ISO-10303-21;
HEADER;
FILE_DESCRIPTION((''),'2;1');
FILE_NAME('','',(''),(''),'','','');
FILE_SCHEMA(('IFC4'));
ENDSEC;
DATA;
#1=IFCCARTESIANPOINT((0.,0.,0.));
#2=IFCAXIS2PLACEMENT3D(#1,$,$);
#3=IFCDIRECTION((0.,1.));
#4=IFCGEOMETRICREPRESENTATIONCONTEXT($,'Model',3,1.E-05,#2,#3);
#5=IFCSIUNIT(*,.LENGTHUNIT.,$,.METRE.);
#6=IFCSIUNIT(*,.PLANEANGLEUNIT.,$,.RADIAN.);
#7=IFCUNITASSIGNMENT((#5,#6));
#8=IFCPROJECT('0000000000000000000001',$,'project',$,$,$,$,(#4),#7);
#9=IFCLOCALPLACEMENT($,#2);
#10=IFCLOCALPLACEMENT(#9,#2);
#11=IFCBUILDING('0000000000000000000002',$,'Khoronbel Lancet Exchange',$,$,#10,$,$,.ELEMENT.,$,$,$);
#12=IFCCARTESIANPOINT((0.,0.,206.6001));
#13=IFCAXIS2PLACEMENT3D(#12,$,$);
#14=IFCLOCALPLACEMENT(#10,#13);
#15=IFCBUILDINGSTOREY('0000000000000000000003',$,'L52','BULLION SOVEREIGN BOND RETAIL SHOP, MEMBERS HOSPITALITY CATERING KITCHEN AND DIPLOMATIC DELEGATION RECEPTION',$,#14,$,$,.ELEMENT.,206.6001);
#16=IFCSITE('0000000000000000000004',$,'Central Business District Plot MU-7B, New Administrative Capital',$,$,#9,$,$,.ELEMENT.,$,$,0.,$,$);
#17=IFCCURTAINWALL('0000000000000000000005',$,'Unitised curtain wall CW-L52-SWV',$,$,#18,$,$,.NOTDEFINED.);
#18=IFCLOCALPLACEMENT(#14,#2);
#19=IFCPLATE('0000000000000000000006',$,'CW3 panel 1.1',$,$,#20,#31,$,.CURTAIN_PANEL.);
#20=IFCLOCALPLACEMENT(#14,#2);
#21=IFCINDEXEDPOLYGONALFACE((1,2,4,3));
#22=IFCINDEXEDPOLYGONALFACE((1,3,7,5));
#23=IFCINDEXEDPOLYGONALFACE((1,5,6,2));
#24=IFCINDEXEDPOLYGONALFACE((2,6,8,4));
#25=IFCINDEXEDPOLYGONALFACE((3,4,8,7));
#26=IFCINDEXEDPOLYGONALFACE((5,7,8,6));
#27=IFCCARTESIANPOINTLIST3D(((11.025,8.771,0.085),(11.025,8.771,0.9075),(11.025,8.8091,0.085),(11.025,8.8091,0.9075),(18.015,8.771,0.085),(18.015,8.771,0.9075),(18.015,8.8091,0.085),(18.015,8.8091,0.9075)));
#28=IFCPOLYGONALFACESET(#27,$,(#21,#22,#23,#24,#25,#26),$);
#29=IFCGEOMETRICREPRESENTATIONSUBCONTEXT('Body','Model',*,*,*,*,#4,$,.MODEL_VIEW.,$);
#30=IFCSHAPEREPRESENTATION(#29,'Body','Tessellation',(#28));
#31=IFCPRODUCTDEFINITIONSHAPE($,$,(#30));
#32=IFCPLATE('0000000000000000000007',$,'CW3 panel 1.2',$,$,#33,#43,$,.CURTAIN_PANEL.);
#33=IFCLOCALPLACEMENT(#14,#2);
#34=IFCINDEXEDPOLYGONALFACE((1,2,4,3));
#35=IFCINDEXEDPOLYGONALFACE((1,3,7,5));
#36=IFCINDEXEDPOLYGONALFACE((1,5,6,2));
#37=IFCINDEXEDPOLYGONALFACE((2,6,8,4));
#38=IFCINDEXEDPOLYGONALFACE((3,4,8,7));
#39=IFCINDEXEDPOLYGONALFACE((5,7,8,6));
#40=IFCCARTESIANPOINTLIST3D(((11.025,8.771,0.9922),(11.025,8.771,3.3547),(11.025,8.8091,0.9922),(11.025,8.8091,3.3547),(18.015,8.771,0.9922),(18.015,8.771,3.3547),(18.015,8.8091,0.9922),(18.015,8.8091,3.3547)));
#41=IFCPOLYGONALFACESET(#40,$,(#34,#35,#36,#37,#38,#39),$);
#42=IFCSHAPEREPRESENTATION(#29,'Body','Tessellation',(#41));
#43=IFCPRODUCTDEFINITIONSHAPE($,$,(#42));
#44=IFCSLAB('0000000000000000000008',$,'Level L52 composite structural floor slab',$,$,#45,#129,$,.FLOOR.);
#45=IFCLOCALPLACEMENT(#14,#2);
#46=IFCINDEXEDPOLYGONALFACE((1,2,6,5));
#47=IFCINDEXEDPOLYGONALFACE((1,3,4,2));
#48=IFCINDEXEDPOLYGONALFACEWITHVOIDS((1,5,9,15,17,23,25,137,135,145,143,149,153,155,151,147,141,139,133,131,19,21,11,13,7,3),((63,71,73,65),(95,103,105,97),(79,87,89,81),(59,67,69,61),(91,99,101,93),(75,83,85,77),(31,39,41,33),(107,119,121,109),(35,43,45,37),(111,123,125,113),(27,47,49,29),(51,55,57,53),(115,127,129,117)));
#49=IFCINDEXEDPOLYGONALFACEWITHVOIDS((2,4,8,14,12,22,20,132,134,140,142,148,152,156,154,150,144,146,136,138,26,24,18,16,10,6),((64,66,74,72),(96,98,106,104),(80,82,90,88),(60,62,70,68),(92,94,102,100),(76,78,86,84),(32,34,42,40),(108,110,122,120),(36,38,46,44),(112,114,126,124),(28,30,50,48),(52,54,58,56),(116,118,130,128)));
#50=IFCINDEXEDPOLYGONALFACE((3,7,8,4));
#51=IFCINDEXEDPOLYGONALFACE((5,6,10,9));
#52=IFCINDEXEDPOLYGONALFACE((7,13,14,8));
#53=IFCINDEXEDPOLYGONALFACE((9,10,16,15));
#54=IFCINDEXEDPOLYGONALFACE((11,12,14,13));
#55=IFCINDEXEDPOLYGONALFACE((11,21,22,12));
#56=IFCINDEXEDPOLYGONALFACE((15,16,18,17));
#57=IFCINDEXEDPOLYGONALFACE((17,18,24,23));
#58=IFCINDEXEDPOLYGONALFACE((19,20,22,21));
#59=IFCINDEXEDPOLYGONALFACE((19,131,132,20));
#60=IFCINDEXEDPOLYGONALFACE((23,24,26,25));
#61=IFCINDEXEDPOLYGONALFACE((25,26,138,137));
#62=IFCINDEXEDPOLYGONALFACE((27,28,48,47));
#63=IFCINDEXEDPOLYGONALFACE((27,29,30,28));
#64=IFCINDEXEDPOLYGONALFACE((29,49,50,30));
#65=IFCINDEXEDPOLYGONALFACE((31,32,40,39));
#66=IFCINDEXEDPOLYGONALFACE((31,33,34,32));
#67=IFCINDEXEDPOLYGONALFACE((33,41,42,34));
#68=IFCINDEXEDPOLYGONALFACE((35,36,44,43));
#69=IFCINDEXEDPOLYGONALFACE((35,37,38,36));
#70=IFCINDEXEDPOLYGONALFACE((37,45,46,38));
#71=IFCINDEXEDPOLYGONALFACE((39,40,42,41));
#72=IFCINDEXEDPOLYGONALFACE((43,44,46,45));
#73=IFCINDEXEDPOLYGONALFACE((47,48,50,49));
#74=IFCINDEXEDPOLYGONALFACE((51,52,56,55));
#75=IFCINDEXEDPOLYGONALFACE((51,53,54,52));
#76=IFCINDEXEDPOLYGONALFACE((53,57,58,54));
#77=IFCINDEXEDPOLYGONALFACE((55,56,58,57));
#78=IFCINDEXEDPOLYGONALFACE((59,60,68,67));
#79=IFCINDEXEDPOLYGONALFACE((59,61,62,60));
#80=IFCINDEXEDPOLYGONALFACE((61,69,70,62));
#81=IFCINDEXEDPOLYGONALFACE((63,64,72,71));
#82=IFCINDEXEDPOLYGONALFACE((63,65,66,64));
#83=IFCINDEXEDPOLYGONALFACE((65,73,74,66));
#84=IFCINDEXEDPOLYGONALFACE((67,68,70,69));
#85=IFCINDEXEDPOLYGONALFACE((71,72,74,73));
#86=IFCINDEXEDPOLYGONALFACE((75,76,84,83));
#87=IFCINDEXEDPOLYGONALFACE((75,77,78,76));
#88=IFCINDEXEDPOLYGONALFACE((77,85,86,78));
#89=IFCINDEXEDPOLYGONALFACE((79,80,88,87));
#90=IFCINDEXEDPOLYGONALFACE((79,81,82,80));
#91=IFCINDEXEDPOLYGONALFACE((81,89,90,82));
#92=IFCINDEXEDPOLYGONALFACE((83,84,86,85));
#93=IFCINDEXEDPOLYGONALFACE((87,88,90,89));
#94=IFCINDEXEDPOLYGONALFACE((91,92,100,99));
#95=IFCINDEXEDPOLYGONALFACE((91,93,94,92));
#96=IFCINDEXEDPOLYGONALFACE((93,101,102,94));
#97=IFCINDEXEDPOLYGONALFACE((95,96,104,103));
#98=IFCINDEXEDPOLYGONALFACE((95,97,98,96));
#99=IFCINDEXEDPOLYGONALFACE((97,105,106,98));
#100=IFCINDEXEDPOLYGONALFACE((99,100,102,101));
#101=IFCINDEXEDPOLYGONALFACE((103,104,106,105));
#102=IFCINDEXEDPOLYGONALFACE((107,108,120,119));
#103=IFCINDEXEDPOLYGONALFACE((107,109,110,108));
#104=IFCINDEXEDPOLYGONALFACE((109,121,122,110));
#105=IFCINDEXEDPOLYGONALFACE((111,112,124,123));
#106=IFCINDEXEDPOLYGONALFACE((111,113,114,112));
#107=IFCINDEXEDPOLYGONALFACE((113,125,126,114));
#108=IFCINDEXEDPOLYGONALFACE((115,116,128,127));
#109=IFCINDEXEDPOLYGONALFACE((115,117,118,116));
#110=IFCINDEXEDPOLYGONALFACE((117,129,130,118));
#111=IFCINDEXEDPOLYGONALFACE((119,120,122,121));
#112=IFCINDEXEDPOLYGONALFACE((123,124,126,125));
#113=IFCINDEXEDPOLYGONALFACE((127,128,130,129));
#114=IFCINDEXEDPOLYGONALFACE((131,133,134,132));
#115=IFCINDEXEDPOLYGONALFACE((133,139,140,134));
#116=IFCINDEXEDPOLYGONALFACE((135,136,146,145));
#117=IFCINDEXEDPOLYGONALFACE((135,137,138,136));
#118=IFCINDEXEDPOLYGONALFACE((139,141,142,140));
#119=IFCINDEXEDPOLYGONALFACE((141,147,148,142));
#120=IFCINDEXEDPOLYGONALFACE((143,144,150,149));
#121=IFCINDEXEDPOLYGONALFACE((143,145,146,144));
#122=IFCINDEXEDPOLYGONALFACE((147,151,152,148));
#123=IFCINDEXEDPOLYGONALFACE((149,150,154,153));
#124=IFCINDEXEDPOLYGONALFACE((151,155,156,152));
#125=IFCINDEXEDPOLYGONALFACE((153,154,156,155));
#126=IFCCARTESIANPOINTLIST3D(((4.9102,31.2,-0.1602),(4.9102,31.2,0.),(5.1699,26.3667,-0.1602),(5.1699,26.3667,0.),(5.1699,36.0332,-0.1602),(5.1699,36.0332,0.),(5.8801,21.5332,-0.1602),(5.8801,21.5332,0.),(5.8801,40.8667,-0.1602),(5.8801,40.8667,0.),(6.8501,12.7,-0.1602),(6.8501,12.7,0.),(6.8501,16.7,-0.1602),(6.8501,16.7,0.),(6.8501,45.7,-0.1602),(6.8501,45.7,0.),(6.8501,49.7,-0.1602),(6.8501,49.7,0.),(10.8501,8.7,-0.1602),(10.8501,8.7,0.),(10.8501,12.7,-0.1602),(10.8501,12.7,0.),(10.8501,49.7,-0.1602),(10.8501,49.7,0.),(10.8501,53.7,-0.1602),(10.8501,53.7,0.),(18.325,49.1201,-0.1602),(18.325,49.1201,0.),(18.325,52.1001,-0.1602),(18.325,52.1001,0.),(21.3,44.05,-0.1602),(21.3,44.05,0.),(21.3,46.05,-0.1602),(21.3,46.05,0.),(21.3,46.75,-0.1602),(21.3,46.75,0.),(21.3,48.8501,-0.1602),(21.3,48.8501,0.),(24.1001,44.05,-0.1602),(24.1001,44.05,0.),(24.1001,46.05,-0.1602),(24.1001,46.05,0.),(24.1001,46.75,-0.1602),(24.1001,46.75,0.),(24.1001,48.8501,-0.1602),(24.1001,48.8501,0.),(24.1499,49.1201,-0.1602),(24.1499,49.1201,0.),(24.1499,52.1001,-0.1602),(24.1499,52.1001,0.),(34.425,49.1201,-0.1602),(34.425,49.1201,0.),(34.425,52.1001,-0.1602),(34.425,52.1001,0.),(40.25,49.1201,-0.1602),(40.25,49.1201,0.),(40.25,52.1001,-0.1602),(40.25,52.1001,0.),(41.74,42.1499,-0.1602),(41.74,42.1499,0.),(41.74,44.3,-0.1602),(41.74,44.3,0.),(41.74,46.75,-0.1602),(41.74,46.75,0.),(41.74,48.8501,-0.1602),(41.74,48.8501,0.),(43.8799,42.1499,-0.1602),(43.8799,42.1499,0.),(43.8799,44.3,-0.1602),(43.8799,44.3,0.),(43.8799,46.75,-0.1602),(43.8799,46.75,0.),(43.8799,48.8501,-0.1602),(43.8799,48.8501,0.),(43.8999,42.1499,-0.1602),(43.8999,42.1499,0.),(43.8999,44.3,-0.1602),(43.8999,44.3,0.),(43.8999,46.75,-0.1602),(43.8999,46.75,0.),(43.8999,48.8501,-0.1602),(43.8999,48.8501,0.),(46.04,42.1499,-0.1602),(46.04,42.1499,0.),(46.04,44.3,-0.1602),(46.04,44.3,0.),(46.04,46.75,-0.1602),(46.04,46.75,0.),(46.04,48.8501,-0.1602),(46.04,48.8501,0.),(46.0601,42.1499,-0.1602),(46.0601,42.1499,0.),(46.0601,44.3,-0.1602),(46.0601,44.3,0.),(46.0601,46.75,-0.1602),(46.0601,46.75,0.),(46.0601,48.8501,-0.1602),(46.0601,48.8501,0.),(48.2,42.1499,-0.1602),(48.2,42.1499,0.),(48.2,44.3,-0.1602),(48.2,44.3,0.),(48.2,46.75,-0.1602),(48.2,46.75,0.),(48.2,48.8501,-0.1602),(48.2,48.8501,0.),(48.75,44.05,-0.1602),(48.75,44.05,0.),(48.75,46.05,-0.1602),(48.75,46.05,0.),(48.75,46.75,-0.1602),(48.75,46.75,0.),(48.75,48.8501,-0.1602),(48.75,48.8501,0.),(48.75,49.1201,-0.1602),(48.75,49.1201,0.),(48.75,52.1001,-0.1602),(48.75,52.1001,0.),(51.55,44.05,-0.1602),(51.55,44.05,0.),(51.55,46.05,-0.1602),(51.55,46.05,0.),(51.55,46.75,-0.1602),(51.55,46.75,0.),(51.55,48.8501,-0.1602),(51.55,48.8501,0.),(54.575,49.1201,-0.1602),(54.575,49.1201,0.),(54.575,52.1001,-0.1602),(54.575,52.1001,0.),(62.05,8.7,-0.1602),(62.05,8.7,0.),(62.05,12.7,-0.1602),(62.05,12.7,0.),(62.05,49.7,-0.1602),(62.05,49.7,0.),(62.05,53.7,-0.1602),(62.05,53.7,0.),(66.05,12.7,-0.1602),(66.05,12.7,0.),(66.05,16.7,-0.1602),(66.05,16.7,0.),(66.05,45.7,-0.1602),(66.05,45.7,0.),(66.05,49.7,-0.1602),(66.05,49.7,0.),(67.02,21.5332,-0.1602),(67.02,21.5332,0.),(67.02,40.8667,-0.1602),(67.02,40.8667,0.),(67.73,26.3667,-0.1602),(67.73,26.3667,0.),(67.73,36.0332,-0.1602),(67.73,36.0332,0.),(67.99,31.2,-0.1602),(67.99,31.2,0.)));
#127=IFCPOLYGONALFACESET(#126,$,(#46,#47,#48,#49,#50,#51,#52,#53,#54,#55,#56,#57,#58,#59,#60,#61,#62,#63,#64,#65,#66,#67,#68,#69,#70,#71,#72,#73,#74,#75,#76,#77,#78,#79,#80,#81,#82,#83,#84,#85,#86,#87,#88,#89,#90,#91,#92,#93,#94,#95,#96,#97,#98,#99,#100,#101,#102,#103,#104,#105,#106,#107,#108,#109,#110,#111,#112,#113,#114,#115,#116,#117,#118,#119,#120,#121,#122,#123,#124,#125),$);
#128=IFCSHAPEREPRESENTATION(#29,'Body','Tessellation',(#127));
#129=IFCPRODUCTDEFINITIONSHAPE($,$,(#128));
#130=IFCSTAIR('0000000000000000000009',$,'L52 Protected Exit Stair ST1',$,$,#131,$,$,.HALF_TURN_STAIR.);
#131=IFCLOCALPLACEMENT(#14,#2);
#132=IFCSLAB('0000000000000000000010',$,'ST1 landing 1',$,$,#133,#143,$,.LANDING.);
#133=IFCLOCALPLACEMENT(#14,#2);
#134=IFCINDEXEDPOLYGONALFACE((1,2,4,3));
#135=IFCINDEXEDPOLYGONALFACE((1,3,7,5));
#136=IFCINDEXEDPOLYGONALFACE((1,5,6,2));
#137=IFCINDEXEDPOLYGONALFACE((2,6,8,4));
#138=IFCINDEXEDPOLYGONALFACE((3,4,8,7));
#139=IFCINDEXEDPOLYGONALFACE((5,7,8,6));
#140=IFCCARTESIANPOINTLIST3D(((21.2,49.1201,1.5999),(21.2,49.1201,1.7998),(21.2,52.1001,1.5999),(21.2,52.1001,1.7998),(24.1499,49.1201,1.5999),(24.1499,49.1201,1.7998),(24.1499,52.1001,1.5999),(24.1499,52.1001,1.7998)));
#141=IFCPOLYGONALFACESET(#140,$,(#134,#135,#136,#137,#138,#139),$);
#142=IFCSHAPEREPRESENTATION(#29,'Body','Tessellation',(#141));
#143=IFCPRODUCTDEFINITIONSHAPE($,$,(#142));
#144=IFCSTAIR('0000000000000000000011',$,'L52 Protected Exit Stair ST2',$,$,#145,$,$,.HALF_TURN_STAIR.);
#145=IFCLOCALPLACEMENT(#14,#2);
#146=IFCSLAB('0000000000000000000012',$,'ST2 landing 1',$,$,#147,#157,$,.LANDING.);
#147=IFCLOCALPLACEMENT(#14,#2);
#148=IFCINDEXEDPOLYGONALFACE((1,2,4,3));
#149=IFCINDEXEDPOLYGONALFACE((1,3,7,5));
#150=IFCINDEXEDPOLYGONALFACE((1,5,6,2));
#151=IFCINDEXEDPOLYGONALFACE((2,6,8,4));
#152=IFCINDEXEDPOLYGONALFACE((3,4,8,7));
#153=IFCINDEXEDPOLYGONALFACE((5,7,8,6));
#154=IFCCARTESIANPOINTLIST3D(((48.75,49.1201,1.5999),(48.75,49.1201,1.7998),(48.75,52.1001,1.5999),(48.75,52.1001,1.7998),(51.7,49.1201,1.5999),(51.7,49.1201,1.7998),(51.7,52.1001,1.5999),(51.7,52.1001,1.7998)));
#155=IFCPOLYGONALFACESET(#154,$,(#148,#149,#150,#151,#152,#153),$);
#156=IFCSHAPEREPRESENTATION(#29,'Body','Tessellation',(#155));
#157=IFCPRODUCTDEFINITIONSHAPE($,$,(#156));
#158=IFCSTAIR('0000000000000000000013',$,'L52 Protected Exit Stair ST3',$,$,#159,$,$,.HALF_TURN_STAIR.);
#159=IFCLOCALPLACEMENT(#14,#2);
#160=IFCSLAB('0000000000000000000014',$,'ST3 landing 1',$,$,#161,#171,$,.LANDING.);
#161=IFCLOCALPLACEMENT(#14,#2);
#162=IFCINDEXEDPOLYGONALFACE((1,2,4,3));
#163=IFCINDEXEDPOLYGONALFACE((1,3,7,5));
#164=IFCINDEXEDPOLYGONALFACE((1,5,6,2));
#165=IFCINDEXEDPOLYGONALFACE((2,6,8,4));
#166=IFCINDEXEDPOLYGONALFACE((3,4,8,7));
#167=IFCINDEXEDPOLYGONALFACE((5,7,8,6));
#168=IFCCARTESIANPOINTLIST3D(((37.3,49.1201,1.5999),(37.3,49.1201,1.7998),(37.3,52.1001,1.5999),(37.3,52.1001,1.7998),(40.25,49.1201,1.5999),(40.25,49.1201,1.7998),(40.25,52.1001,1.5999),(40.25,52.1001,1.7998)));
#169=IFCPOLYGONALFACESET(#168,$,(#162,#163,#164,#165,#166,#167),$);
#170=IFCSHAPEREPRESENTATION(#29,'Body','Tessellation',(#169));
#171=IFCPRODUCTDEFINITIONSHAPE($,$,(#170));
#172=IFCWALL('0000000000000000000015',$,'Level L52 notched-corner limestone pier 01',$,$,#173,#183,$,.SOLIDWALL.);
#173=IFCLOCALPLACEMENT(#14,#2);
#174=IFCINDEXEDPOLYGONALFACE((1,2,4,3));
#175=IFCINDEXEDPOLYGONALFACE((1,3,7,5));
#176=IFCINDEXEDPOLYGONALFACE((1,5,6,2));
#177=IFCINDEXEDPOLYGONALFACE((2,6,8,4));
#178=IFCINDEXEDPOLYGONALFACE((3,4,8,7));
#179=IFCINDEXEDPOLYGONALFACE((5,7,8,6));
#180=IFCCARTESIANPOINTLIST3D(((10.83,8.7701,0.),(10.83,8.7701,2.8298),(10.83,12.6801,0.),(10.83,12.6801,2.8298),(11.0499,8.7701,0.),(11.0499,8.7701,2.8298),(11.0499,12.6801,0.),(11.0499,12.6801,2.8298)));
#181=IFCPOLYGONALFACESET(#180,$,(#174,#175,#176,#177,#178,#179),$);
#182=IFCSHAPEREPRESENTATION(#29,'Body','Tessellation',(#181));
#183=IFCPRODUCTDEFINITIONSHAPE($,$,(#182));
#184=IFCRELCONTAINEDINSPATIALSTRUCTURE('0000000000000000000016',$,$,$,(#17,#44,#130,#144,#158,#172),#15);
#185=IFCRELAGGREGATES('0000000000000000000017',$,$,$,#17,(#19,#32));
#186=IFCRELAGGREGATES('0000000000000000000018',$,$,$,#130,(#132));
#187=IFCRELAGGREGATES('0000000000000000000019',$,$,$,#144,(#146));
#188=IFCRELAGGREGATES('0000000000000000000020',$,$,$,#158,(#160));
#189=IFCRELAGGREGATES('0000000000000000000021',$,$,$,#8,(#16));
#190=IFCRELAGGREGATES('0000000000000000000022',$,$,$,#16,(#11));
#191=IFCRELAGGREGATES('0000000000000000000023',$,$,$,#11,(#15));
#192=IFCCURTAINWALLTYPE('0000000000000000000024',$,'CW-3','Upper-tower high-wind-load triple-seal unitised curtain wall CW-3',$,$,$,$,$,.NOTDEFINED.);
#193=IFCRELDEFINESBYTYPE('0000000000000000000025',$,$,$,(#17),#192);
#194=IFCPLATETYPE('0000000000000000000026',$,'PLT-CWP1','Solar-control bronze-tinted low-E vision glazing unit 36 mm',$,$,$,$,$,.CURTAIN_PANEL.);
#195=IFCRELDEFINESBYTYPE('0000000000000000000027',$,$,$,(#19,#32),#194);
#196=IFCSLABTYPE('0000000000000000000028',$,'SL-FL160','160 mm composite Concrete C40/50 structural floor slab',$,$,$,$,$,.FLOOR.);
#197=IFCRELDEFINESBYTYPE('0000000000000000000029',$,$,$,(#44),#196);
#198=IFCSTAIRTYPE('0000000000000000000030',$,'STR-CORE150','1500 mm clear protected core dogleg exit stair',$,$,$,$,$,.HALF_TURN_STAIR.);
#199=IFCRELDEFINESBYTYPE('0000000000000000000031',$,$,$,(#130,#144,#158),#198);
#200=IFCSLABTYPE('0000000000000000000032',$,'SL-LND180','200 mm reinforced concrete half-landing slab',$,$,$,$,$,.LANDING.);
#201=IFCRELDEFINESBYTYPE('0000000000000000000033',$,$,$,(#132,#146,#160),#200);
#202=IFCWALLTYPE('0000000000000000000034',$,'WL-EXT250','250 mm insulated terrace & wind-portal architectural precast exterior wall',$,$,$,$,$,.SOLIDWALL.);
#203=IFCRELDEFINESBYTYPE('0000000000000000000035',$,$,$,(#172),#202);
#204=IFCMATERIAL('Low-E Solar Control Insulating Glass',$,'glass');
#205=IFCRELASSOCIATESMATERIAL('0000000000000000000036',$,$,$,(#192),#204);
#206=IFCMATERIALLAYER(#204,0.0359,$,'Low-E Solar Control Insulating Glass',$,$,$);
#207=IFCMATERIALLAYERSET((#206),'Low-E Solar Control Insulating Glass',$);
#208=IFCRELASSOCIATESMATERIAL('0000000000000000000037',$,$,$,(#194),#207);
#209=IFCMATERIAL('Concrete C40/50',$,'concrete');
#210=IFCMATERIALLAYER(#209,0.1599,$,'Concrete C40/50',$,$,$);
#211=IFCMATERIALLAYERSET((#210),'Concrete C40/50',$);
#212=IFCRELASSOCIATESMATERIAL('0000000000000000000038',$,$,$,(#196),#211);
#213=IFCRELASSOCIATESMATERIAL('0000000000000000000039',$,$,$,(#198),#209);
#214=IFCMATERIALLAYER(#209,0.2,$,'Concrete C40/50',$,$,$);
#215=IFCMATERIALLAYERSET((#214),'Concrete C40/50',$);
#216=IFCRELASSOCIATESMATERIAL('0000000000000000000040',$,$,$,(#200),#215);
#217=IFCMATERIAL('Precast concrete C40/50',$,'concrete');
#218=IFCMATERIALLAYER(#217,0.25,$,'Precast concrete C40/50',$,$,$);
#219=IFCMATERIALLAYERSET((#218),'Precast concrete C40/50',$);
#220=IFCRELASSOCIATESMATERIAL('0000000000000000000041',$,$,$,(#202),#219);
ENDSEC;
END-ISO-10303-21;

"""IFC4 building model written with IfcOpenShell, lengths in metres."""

from ifc_helpers import new_model, si_unit, direction, frame, frame_2d, origin, origin_2d, place, context, subcontext, project, spatial, polyline, rectangle, outline, extrude, material, layer, layer_set, type_object, element, aggregate, save


model = new_model("IFC4")

# Units and contexts
model_context = context("Model", 3, precision=1e-05, world=origin(), true_north=direction((0.0, 1.0)))
body_context = subcontext(model_context, "Body", "Model", "MODEL_VIEW")
ifc_project = project(units=[si_unit("LENGTHUNIT", "METRE"), si_unit("PLANEANGLEUNIT", "RADIAN")], contexts=[model_context])

# Site, building, storey
site_placement = place(None, origin())
site = spatial("IfcSite", under=ifc_project, at=site_placement, Name="Central Business District Plot MU-7B, New Administrative Capital", CompositionType="ELEMENT", RefElevation=0.0)
building_placement = place(site_placement, origin())
building = spatial("IfcBuilding", under=site, at=building_placement, Name="Khoronbel Lancet Exchange", CompositionType="ELEMENT")
storey_placement = place(building_placement, frame((0.0, 0.0, 206.6001)))
storey = spatial("IfcBuildingStorey", under=building, at=storey_placement, Name="L52", Description="BULLION SOVEREIGN BOND RETAIL SHOP, MEMBERS HOSPITALITY CATERING KITCHEN AND DIPLOMATIC DELEGATION RECEPTION", CompositionType="ELEMENT", Elevation=206.6001)

# Curtain wall
ifc_material_1 = material(Name="Low-E Solar Control Insulating Glass", Category="glass")
curtain_wall_type = type_object("IfcCurtainWallType", Name="CW-3", Description="Upper-tower high-wind-load triple-seal unitised curtain wall CW-3", PredefinedType="NOTDEFINED", material=ifc_material_1)
curtain_wall_1_placement = place(storey_placement, origin())
curtain_wall_1 = element("IfcCurtainWall", 1, at=curtain_wall_1_placement, inside=storey, type_object=curtain_wall_type, Name="Unitised curtain wall CW-L52-SWV", PredefinedType="NOTDEFINED")

# Plates
ifc_layer_1 = layer(ifc_material_1, 0.0359, Name="Low-E Solar Control Insulating Glass")
ifc_layer_set_1 = layer_set([ifc_layer_1], Name="Low-E Solar Control Insulating Glass")
plate_type = type_object("IfcPlateType", Name="PLT-CWP1", Description="Solar-control bronze-tinted low-E vision glazing unit 36 mm", PredefinedType="CURTAIN_PANEL", material=ifc_layer_set_1)
plate_1_placement = place(storey_placement, frame((14.52, 8.79, 0.085), z_axis=(0.0, 0.0, 1.0), x_axis=(1.0, 0.0, 0.0)))
plate_1 = element("IfcPlate", 2, at=plate_1_placement, type_object=plate_type, Name="CW3 panel 1.1", PredefinedType="CURTAIN_PANEL", context=body_context, shape_type="SweptSolid", body=[
    extrude(rectangle(XDim=6.99, YDim=0.0381, at=origin_2d()), origin(), (0.0, 0.0, 1.0), 0.8225),
])
plate_2_placement = place(storey_placement, frame((14.52, 8.79, 0.9922), z_axis=(0.0, 0.0, 1.0), x_axis=(1.0, 0.0, 0.0)))
plate_2 = element("IfcPlate", 3, at=plate_2_placement, type_object=plate_type, Name="CW3 panel 1.2", PredefinedType="CURTAIN_PANEL", context=body_context, shape_type="SweptSolid", body=[
    extrude(rectangle(XDim=6.99, YDim=0.0381, at=origin_2d()), origin(), (0.0, 0.0, 1.0), 2.3625),
])
aggregate(curtain_wall_1, [plate_1, plate_2])

# Slab
ifc_material_2 = material(Name="Concrete C40/50", Category="concrete")
ifc_layer_2 = layer(ifc_material_2, 0.1599, Name="Concrete C40/50")
ifc_layer_set_2 = layer_set([ifc_layer_2], Name="Concrete C40/50")
slab_type_1 = type_object("IfcSlabType", Name="SL-FL160", Description="160 mm composite Concrete C40/50 structural floor slab", PredefinedType="FLOOR", material=ifc_layer_set_2)
slab_1_placement = place(storey_placement, frame((0.0, 0.0, -0.1602)))
element("IfcSlab", 4, at=slab_1_placement, inside=storey, type_object=slab_type_1, Name="Level L52 composite structural floor slab", PredefinedType="FLOOR", context=body_context, shape_type="SweptSolid", body=[
    extrude(outline(polyline([(10.8501, 8.7), (62.05, 8.7), (62.05, 12.7), (66.05, 12.7), (66.05, 16.7), (67.02, 21.5332), (67.73, 26.3667), (67.99, 31.2), (67.73, 36.0332), (67.02, 40.8667), (66.05, 45.7), (66.05, 49.7), (62.05, 49.7), (62.05, 53.7), (10.8501, 53.7), (10.8501, 49.7), (6.8501, 49.7), (6.8501, 45.7), (5.8801, 40.8667), (5.1699, 36.0332), (4.9102, 31.2), (5.1699, 26.3667), (5.8801, 21.5332), (6.8501, 16.7), (6.8501, 12.7), (10.8501, 12.7), (10.8501, 8.7)]), holes=[polyline([(18.325, 49.1201), (24.1499, 49.1201), (24.1499, 52.1001), (18.325, 52.1001), (18.325, 49.1201)]), polyline([(48.75, 49.1201), (54.575, 49.1201), (54.575, 52.1001), (48.75, 52.1001), (48.75, 49.1201)]), polyline([(34.425, 49.1201), (40.25, 49.1201), (40.25, 52.1001), (34.425, 52.1001), (34.425, 49.1201)]), polyline([(41.74, 46.75), (43.8799, 46.75), (43.8799, 48.8501), (41.74, 48.8501), (41.74, 46.75)]), polyline([(43.8999, 46.75), (46.04, 46.75), (46.04, 48.8501), (43.8999, 48.8501), (43.8999, 46.75)]), polyline([(46.0601, 46.75), (48.2, 46.75), (48.2, 48.8501), (46.0601, 48.8501), (46.0601, 46.75)]), polyline([(41.74, 42.1499), (43.8799, 42.1499), (43.8799, 44.3), (41.74, 44.3), (41.74, 42.1499)]), polyline([(43.8999, 42.1499), (46.04, 42.1499), (46.04, 44.3), (43.8999, 44.3), (43.8999, 42.1499)]), polyline([(46.0601, 42.1499), (48.2, 42.1499), (48.2, 44.3), (46.0601, 44.3), (46.0601, 42.1499)]), polyline([(21.3, 46.75), (24.1001, 46.75), (24.1001, 48.8501), (21.3, 48.8501), (21.3, 46.75)]), polyline([(48.75, 46.75), (51.55, 46.75), (51.55, 48.8501), (48.75, 48.8501), (48.75, 46.75)]), polyline([(21.3, 44.05), (24.1001, 44.05), (24.1001, 46.05), (21.3, 46.05), (21.3, 44.05)]), polyline([(48.75, 44.05), (51.55, 44.05), (51.55, 46.05), (48.75, 46.05), (48.75, 44.05)])]), origin(), (0.0, 0.0, 1.0), 0.1602),
])

# Stairs, slabs
stair_type = type_object("IfcStairType", Name="STR-CORE150", Description="1500 mm clear protected core dogleg exit stair", PredefinedType="HALF_TURN_STAIR", material=ifc_material_2)
stair_1_placement = place(storey_placement, origin())
stair_1 = element("IfcStair", 5, at=stair_1_placement, inside=storey, type_object=stair_type, Name="L52 Protected Exit Stair ST1", PredefinedType="HALF_TURN_STAIR")
ifc_layer_3 = layer(ifc_material_2, 0.2, Name="Concrete C40/50")
ifc_layer_set_3 = layer_set([ifc_layer_3], Name="Concrete C40/50")
slab_type_2 = type_object("IfcSlabType", Name="SL-LND180", Description="200 mm reinforced concrete half-landing slab", PredefinedType="LANDING", material=ifc_layer_set_3)
slab_2_placement = place(storey_placement, frame((0.0, 0.0, 1.5999)))
slab_2 = element("IfcSlab", 6, at=slab_2_placement, type_object=slab_type_2, Name="ST1 landing 1", PredefinedType="LANDING", context=body_context, shape_type="SweptSolid", body=[
    extrude(outline(polyline([(21.2, 49.1201), (24.1499, 49.1201), (24.1499, 52.1001), (21.2, 52.1001), (21.2, 49.1201)])), origin(), (0.0, 0.0, 1.0), 0.2),
])
aggregate(stair_1, [slab_2])
stair_2_placement = place(storey_placement, origin())
stair_2 = element("IfcStair", 7, at=stair_2_placement, inside=storey, type_object=stair_type, Name="L52 Protected Exit Stair ST2", PredefinedType="HALF_TURN_STAIR")
slab_3_placement = place(storey_placement, frame((0.0, 0.0, 1.5999)))
slab_3 = element("IfcSlab", 8, at=slab_3_placement, type_object=slab_type_2, Name="ST2 landing 1", PredefinedType="LANDING", context=body_context, shape_type="SweptSolid", body=[
    extrude(outline(polyline([(51.7, 52.1001), (48.75, 52.1001), (48.75, 49.1201), (51.7, 49.1201), (51.7, 52.1001)])), origin(), (0.0, 0.0, 1.0), 0.2),
])
aggregate(stair_2, [slab_3])
stair_3_placement = place(storey_placement, origin())
stair_3 = element("IfcStair", 9, at=stair_3_placement, inside=storey, type_object=stair_type, Name="L52 Protected Exit Stair ST3", PredefinedType="HALF_TURN_STAIR")
slab_4_placement = place(storey_placement, frame((0.0, 0.0, 1.5999)))
slab_4 = element("IfcSlab", 10, at=slab_4_placement, type_object=slab_type_2, Name="ST3 landing 1", PredefinedType="LANDING", context=body_context, shape_type="SweptSolid", body=[
    extrude(outline(polyline([(37.3, 49.1201), (40.25, 49.1201), (40.25, 52.1001), (37.3, 52.1001), (37.3, 49.1201)])), origin(), (0.0, 0.0, 1.0), 0.2),
])
aggregate(stair_3, [slab_4])

# Wall
ifc_material_3 = material(Name="Precast concrete C40/50", Category="concrete")
ifc_layer_4 = layer(ifc_material_3, 0.25, Name="Precast concrete C40/50")
ifc_layer_set_4 = layer_set([ifc_layer_4], Name="Precast concrete C40/50")
wall_type_1 = type_object("IfcWallType", Name="WL-EXT250", Description="250 mm insulated terrace & wind-portal architectural precast exterior wall", PredefinedType="SOLIDWALL", material=ifc_layer_set_4)
wall_1_placement = place(storey_placement, frame((10.9399, 8.77, 0.0), z_axis=(0.0, 0.0, 1.0), x_axis=(0.0, 1.0, 0.0)))
element("IfcWall", 11, at=wall_1_placement, inside=storey, type_object=wall_type_1, Name="Level L52 notched-corner limestone pier 01", PredefinedType="SOLIDWALL", context=body_context, shape_type="SweptSolid", body=[
    extrude(rectangle(XDim=3.9099, YDim=0.22, at=frame_2d((1.9551, 0.0))), origin(), (0.0, 0.0, 1.0), 2.8298),
])

save(model, "model.ifc")
